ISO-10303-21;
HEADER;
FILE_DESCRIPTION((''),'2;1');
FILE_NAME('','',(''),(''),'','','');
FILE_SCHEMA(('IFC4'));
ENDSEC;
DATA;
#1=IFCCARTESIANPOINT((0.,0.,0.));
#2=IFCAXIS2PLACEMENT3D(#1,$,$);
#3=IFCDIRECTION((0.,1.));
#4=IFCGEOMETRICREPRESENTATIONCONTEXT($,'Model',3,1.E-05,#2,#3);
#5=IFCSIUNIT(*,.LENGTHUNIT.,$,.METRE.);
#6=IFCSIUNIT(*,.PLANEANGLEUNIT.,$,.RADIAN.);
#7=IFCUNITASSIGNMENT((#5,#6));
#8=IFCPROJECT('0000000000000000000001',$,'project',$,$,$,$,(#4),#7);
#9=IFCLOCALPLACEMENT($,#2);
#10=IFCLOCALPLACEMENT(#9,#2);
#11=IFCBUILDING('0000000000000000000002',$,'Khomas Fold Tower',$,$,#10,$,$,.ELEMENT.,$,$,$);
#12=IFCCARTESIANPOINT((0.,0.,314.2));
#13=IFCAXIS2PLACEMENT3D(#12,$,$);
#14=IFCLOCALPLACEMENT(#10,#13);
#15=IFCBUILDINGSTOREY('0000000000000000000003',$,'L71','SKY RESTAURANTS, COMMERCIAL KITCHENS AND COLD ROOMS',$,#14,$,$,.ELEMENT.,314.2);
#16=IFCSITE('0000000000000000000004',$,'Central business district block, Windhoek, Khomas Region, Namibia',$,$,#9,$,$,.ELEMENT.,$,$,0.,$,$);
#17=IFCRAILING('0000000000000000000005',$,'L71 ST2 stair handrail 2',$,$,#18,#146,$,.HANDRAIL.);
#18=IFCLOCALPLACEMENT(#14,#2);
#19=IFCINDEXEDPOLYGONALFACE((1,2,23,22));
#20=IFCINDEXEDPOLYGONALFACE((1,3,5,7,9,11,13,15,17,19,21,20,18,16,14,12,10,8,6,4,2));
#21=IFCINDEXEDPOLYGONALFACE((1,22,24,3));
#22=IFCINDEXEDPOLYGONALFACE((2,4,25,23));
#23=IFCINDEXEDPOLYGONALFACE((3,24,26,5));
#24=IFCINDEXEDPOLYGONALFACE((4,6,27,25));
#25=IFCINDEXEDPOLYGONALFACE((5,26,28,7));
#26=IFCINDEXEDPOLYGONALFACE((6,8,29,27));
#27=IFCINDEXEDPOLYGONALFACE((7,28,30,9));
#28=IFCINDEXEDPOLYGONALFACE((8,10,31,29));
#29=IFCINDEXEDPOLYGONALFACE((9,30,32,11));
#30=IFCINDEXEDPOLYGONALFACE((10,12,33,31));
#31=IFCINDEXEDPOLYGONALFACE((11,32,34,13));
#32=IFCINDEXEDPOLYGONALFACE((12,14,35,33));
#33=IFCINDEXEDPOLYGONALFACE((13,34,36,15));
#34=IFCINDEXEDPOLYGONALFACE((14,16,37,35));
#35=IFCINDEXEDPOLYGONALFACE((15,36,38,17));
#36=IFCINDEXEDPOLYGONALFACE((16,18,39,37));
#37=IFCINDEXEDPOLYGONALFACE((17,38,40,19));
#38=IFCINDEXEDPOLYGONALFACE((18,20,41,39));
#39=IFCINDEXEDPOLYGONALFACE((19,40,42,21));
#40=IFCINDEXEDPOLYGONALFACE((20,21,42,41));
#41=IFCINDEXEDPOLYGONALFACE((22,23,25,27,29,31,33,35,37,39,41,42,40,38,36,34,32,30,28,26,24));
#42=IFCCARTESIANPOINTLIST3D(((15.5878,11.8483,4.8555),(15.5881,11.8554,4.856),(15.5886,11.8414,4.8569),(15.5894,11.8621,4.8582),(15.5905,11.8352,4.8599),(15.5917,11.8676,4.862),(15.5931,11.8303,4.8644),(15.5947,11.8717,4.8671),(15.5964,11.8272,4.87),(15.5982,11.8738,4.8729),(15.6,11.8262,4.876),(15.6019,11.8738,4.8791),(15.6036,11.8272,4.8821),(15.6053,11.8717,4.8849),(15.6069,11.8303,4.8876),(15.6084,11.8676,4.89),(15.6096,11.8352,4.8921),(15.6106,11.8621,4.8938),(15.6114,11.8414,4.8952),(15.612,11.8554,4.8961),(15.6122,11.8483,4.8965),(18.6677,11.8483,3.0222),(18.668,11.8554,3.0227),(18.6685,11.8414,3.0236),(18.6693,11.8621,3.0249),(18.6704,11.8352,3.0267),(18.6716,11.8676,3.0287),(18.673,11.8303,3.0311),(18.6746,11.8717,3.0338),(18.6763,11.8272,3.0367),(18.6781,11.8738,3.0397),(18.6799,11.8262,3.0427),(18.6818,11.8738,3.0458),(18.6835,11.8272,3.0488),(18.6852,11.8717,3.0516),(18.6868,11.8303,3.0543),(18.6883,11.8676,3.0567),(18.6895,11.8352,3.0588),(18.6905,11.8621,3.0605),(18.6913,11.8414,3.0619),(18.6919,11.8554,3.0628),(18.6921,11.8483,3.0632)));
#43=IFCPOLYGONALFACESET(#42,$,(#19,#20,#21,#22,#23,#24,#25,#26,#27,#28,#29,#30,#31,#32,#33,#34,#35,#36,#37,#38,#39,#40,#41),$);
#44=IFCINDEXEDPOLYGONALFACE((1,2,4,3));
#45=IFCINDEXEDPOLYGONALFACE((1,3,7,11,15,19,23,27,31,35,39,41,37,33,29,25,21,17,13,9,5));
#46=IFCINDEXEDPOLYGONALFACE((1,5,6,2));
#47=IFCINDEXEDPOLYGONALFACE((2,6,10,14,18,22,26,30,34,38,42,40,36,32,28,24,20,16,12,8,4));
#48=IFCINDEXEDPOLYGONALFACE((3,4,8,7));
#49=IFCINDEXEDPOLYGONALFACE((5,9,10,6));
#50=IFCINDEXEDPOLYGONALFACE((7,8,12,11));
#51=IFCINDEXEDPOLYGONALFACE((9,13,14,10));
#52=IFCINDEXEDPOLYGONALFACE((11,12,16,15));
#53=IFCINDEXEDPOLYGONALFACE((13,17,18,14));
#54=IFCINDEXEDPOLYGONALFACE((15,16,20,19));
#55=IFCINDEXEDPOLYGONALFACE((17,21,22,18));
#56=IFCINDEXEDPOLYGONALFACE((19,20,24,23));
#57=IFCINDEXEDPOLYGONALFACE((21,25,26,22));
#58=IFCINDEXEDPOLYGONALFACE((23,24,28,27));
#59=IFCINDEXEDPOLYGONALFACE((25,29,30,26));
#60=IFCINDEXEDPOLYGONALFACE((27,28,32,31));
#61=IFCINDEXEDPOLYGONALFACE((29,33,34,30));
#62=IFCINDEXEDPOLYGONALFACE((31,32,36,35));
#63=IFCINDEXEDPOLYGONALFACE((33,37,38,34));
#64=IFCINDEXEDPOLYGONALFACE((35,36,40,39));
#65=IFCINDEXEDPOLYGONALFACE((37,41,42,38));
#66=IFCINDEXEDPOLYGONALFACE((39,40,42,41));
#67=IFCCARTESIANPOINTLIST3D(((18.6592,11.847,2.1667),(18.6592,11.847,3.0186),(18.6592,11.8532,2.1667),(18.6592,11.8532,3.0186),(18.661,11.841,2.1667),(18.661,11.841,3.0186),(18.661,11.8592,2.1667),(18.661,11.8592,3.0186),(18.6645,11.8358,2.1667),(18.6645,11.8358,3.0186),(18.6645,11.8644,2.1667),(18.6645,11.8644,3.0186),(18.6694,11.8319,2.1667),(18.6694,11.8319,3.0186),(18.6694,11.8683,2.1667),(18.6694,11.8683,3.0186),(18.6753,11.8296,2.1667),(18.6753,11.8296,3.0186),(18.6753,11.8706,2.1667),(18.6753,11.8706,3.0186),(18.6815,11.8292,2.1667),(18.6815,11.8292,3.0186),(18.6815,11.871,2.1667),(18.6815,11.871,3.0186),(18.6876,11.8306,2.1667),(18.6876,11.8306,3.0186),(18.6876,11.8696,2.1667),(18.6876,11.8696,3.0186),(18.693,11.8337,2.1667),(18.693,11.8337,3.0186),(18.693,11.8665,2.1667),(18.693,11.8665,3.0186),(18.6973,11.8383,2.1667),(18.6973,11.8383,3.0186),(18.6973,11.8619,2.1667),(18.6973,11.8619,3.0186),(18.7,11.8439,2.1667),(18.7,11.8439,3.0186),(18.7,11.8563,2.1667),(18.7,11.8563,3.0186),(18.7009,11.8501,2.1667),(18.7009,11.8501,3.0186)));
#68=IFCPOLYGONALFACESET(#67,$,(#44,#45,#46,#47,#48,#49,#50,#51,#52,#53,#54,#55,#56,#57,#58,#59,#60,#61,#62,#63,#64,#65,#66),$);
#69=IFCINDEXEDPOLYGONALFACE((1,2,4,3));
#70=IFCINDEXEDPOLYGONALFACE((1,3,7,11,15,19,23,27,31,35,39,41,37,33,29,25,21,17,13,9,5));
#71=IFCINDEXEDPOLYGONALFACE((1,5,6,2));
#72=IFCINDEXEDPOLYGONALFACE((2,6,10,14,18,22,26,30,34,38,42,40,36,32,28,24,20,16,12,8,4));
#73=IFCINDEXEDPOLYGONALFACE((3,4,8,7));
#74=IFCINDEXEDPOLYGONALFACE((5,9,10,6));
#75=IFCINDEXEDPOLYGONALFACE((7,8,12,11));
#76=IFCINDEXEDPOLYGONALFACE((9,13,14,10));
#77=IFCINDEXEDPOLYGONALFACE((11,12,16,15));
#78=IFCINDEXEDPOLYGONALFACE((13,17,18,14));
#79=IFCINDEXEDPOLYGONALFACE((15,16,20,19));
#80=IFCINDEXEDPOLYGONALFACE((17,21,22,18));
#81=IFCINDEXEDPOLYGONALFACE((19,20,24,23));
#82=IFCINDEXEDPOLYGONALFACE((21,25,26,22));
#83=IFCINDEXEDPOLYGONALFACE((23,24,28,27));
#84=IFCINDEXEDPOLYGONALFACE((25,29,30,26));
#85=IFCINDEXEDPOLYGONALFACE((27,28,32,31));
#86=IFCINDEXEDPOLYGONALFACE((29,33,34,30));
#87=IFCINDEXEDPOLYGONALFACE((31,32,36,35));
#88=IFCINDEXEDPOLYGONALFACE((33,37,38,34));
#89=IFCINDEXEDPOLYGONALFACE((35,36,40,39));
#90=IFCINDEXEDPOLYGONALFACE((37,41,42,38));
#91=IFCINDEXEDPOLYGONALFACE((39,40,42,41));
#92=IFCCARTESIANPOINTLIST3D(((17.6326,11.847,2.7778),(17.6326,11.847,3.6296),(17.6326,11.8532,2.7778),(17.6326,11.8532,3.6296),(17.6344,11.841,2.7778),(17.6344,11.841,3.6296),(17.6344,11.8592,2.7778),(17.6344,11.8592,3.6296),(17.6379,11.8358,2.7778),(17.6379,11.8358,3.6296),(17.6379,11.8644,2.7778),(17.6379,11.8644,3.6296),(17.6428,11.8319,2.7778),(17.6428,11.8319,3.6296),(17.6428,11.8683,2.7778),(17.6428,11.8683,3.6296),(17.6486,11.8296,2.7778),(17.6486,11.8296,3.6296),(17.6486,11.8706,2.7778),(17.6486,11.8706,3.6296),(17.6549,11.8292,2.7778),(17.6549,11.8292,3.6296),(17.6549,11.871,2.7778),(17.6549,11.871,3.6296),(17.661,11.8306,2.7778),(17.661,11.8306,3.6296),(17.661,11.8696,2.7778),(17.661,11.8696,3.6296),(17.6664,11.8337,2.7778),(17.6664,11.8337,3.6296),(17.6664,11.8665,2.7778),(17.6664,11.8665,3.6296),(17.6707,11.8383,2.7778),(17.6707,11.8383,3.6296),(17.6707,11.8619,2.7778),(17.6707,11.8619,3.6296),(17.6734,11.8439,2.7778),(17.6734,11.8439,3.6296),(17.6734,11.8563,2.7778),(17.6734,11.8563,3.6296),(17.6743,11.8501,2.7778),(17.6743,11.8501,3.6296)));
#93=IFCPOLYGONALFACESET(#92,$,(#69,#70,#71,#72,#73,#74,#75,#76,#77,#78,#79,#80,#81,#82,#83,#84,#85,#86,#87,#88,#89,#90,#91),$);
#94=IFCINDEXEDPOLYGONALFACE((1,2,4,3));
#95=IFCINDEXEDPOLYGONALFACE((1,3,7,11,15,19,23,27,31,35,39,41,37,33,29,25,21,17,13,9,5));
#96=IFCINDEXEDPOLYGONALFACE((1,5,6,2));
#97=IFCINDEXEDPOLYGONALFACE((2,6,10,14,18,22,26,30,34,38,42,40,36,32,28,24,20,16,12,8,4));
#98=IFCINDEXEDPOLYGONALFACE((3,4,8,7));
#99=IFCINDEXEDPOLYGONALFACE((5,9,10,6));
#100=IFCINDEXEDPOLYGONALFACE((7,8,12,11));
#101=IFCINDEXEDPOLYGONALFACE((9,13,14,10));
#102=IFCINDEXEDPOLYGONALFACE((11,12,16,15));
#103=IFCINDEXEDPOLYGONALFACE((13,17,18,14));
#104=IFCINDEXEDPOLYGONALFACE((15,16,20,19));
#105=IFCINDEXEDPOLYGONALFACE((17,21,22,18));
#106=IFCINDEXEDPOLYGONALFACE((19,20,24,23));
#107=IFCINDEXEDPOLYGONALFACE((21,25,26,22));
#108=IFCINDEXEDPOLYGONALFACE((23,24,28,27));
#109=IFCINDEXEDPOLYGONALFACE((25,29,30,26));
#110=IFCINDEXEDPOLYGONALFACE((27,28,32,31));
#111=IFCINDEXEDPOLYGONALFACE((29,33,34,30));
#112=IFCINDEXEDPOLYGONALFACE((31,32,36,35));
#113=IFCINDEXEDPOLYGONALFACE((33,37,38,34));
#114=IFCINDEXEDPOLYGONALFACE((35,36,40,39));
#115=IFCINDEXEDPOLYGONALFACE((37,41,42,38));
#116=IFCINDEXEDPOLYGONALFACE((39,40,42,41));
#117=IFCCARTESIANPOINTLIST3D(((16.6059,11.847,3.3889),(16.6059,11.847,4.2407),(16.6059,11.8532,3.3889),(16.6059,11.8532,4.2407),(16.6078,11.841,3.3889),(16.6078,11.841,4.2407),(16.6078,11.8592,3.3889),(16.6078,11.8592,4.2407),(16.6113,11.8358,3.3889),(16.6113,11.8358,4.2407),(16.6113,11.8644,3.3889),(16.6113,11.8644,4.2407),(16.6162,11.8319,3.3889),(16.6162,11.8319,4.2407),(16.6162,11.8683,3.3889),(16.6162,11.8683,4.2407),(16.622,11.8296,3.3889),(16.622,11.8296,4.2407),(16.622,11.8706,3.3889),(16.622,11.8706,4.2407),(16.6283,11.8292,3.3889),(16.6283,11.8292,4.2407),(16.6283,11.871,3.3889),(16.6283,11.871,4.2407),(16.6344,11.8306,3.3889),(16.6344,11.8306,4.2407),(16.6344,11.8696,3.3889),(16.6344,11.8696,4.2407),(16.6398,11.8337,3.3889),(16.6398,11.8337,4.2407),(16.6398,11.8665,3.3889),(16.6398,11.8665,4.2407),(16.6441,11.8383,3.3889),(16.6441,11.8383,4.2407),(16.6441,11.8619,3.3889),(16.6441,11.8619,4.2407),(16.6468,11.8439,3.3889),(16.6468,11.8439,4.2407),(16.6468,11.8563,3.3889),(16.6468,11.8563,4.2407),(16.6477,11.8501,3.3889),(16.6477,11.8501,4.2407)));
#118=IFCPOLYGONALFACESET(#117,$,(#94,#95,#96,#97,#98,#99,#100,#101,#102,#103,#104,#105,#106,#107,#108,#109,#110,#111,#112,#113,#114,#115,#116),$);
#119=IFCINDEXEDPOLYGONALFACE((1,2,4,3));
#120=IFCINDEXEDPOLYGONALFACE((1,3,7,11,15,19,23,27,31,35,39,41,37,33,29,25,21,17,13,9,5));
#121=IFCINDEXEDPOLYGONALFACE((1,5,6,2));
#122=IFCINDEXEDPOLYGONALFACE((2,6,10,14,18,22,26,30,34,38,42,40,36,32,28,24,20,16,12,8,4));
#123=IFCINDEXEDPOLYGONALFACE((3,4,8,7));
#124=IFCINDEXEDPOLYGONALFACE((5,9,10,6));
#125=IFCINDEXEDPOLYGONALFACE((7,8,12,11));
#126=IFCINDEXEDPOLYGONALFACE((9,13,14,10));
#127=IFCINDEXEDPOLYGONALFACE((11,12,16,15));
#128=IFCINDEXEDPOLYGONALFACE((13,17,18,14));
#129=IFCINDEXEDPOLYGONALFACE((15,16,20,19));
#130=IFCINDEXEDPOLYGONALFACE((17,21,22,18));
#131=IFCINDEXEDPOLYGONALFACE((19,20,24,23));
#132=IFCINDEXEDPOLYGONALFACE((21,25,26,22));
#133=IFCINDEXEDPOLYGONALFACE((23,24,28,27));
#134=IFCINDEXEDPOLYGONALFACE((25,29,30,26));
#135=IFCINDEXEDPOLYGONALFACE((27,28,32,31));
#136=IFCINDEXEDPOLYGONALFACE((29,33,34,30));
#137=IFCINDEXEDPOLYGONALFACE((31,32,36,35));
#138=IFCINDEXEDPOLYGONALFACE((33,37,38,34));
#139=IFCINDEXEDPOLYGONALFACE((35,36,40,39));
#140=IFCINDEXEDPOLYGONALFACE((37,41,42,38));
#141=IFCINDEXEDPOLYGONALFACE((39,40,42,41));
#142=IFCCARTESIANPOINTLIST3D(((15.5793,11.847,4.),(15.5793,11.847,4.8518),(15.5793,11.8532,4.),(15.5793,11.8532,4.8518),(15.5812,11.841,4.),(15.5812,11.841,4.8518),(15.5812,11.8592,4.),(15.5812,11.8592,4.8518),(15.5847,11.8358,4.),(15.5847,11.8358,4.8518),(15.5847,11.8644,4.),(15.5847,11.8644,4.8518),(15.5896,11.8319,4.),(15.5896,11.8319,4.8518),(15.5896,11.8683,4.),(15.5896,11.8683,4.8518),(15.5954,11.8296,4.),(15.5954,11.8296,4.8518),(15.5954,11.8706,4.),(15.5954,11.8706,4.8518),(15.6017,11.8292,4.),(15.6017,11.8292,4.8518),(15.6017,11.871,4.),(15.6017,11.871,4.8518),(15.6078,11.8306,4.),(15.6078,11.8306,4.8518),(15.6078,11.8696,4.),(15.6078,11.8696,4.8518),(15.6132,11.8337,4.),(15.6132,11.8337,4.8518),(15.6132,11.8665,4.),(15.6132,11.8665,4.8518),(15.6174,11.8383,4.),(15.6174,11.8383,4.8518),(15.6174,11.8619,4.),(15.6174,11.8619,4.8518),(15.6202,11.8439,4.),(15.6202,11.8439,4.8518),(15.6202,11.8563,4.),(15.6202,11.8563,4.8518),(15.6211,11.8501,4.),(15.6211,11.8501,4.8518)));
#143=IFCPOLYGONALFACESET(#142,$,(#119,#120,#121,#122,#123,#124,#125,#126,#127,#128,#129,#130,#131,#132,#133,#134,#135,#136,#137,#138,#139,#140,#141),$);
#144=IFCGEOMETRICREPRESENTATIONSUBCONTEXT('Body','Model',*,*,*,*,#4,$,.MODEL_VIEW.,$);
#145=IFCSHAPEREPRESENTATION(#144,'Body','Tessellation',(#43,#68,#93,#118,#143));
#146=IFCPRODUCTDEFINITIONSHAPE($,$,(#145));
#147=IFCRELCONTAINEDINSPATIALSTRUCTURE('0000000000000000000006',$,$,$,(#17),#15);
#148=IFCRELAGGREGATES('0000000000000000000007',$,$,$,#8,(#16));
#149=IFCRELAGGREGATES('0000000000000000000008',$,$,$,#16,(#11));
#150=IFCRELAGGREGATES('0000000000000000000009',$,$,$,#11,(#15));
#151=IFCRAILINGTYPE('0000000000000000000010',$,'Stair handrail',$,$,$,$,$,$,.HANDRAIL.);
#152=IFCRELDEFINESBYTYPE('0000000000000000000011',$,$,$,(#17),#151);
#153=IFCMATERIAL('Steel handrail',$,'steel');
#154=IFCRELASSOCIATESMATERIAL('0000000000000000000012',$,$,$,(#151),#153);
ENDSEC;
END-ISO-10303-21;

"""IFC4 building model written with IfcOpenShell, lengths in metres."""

from ifc_helpers import new_model, si_unit, direction, frame, origin, origin_2d, place, context, subcontext, project, spatial, circle, extrude, source, transform, mapped, material, type_object, element, save


model = new_model("IFC4")

# Units and contexts
model_context = context("Model", 3, precision=1e-05, world=origin(), true_north=direction((0.0, 1.0)))
body_context = subcontext(model_context, "Body", "Model", "MODEL_VIEW")
ifc_project = project(units=[si_unit("LENGTHUNIT", "METRE"), si_unit("PLANEANGLEUNIT", "RADIAN")], contexts=[model_context])

# Site, building, storey
site_placement = place(None, origin())
site = spatial("IfcSite", under=ifc_project, at=site_placement, Name="Central business district block, Windhoek, Khomas Region, Namibia", CompositionType="ELEMENT", RefElevation=0.0)
building_placement = place(site_placement, origin())
building = spatial("IfcBuilding", under=site, at=building_placement, Name="Khomas Fold Tower", CompositionType="ELEMENT")
storey_placement = place(building_placement, frame((0.0, 0.0, 314.2)))
storey = spatial("IfcBuildingStorey", under=building, at=storey_placement, Name="L71", Description="SKY RESTAURANTS, COMMERCIAL KITCHENS AND COLD ROOMS", CompositionType="ELEMENT", Elevation=314.2)

# Railing
ifc_material_1 = material(Name="Steel handrail", Category="steel")
railing_type_1 = type_object("IfcRailingType", Name="Stair handrail", PredefinedType="HANDRAIL", material=ifc_material_1)
shared_shape_1 = source(origin(), body_context, "Body", "SweptSolid", [
    extrude(circle(Radius=0.0239, at=origin_2d()), frame((0.0, 0.0, 0.876), z_axis=(-0.859291, 0.0, 0.511487), x_axis=(0.0, -1.0, 0.0)), (0.0, 0.0, 1.0), 3.5842),
    extrude(circle(Radius=0.021, at=origin_2d()), origin(), (0.0, 0.0, 1.0), 0.8518),
    extrude(circle(Radius=0.021, at=origin_2d()), frame((-1.0266, 0.0, 0.6111)), (0.0, 0.0, 1.0), 0.8518),
    extrude(circle(Radius=0.021, at=origin_2d()), frame((-2.0532, 0.0, 1.2222)), (0.0, 0.0, 1.0), 0.8518),
    extrude(circle(Radius=0.021, at=origin_2d()), frame((-3.0798, 0.0, 1.8333)), (0.0, 0.0, 1.0), 0.8518),
])
railing_1_placement = place(storey_placement, frame((18.6799, 11.8501, 2.1667)))
element("IfcRailing", 1, at=railing_1_placement, inside=storey, type_object=railing_type_1, Name="L71 ST2 stair handrail 2", PredefinedType="HANDRAIL", context=body_context, shape_type="MappedRepresentation", body=[
    mapped(shared_shape_1, transform((0.0, 0.0, 0.0))),
])

save(model, "model.ifc")
